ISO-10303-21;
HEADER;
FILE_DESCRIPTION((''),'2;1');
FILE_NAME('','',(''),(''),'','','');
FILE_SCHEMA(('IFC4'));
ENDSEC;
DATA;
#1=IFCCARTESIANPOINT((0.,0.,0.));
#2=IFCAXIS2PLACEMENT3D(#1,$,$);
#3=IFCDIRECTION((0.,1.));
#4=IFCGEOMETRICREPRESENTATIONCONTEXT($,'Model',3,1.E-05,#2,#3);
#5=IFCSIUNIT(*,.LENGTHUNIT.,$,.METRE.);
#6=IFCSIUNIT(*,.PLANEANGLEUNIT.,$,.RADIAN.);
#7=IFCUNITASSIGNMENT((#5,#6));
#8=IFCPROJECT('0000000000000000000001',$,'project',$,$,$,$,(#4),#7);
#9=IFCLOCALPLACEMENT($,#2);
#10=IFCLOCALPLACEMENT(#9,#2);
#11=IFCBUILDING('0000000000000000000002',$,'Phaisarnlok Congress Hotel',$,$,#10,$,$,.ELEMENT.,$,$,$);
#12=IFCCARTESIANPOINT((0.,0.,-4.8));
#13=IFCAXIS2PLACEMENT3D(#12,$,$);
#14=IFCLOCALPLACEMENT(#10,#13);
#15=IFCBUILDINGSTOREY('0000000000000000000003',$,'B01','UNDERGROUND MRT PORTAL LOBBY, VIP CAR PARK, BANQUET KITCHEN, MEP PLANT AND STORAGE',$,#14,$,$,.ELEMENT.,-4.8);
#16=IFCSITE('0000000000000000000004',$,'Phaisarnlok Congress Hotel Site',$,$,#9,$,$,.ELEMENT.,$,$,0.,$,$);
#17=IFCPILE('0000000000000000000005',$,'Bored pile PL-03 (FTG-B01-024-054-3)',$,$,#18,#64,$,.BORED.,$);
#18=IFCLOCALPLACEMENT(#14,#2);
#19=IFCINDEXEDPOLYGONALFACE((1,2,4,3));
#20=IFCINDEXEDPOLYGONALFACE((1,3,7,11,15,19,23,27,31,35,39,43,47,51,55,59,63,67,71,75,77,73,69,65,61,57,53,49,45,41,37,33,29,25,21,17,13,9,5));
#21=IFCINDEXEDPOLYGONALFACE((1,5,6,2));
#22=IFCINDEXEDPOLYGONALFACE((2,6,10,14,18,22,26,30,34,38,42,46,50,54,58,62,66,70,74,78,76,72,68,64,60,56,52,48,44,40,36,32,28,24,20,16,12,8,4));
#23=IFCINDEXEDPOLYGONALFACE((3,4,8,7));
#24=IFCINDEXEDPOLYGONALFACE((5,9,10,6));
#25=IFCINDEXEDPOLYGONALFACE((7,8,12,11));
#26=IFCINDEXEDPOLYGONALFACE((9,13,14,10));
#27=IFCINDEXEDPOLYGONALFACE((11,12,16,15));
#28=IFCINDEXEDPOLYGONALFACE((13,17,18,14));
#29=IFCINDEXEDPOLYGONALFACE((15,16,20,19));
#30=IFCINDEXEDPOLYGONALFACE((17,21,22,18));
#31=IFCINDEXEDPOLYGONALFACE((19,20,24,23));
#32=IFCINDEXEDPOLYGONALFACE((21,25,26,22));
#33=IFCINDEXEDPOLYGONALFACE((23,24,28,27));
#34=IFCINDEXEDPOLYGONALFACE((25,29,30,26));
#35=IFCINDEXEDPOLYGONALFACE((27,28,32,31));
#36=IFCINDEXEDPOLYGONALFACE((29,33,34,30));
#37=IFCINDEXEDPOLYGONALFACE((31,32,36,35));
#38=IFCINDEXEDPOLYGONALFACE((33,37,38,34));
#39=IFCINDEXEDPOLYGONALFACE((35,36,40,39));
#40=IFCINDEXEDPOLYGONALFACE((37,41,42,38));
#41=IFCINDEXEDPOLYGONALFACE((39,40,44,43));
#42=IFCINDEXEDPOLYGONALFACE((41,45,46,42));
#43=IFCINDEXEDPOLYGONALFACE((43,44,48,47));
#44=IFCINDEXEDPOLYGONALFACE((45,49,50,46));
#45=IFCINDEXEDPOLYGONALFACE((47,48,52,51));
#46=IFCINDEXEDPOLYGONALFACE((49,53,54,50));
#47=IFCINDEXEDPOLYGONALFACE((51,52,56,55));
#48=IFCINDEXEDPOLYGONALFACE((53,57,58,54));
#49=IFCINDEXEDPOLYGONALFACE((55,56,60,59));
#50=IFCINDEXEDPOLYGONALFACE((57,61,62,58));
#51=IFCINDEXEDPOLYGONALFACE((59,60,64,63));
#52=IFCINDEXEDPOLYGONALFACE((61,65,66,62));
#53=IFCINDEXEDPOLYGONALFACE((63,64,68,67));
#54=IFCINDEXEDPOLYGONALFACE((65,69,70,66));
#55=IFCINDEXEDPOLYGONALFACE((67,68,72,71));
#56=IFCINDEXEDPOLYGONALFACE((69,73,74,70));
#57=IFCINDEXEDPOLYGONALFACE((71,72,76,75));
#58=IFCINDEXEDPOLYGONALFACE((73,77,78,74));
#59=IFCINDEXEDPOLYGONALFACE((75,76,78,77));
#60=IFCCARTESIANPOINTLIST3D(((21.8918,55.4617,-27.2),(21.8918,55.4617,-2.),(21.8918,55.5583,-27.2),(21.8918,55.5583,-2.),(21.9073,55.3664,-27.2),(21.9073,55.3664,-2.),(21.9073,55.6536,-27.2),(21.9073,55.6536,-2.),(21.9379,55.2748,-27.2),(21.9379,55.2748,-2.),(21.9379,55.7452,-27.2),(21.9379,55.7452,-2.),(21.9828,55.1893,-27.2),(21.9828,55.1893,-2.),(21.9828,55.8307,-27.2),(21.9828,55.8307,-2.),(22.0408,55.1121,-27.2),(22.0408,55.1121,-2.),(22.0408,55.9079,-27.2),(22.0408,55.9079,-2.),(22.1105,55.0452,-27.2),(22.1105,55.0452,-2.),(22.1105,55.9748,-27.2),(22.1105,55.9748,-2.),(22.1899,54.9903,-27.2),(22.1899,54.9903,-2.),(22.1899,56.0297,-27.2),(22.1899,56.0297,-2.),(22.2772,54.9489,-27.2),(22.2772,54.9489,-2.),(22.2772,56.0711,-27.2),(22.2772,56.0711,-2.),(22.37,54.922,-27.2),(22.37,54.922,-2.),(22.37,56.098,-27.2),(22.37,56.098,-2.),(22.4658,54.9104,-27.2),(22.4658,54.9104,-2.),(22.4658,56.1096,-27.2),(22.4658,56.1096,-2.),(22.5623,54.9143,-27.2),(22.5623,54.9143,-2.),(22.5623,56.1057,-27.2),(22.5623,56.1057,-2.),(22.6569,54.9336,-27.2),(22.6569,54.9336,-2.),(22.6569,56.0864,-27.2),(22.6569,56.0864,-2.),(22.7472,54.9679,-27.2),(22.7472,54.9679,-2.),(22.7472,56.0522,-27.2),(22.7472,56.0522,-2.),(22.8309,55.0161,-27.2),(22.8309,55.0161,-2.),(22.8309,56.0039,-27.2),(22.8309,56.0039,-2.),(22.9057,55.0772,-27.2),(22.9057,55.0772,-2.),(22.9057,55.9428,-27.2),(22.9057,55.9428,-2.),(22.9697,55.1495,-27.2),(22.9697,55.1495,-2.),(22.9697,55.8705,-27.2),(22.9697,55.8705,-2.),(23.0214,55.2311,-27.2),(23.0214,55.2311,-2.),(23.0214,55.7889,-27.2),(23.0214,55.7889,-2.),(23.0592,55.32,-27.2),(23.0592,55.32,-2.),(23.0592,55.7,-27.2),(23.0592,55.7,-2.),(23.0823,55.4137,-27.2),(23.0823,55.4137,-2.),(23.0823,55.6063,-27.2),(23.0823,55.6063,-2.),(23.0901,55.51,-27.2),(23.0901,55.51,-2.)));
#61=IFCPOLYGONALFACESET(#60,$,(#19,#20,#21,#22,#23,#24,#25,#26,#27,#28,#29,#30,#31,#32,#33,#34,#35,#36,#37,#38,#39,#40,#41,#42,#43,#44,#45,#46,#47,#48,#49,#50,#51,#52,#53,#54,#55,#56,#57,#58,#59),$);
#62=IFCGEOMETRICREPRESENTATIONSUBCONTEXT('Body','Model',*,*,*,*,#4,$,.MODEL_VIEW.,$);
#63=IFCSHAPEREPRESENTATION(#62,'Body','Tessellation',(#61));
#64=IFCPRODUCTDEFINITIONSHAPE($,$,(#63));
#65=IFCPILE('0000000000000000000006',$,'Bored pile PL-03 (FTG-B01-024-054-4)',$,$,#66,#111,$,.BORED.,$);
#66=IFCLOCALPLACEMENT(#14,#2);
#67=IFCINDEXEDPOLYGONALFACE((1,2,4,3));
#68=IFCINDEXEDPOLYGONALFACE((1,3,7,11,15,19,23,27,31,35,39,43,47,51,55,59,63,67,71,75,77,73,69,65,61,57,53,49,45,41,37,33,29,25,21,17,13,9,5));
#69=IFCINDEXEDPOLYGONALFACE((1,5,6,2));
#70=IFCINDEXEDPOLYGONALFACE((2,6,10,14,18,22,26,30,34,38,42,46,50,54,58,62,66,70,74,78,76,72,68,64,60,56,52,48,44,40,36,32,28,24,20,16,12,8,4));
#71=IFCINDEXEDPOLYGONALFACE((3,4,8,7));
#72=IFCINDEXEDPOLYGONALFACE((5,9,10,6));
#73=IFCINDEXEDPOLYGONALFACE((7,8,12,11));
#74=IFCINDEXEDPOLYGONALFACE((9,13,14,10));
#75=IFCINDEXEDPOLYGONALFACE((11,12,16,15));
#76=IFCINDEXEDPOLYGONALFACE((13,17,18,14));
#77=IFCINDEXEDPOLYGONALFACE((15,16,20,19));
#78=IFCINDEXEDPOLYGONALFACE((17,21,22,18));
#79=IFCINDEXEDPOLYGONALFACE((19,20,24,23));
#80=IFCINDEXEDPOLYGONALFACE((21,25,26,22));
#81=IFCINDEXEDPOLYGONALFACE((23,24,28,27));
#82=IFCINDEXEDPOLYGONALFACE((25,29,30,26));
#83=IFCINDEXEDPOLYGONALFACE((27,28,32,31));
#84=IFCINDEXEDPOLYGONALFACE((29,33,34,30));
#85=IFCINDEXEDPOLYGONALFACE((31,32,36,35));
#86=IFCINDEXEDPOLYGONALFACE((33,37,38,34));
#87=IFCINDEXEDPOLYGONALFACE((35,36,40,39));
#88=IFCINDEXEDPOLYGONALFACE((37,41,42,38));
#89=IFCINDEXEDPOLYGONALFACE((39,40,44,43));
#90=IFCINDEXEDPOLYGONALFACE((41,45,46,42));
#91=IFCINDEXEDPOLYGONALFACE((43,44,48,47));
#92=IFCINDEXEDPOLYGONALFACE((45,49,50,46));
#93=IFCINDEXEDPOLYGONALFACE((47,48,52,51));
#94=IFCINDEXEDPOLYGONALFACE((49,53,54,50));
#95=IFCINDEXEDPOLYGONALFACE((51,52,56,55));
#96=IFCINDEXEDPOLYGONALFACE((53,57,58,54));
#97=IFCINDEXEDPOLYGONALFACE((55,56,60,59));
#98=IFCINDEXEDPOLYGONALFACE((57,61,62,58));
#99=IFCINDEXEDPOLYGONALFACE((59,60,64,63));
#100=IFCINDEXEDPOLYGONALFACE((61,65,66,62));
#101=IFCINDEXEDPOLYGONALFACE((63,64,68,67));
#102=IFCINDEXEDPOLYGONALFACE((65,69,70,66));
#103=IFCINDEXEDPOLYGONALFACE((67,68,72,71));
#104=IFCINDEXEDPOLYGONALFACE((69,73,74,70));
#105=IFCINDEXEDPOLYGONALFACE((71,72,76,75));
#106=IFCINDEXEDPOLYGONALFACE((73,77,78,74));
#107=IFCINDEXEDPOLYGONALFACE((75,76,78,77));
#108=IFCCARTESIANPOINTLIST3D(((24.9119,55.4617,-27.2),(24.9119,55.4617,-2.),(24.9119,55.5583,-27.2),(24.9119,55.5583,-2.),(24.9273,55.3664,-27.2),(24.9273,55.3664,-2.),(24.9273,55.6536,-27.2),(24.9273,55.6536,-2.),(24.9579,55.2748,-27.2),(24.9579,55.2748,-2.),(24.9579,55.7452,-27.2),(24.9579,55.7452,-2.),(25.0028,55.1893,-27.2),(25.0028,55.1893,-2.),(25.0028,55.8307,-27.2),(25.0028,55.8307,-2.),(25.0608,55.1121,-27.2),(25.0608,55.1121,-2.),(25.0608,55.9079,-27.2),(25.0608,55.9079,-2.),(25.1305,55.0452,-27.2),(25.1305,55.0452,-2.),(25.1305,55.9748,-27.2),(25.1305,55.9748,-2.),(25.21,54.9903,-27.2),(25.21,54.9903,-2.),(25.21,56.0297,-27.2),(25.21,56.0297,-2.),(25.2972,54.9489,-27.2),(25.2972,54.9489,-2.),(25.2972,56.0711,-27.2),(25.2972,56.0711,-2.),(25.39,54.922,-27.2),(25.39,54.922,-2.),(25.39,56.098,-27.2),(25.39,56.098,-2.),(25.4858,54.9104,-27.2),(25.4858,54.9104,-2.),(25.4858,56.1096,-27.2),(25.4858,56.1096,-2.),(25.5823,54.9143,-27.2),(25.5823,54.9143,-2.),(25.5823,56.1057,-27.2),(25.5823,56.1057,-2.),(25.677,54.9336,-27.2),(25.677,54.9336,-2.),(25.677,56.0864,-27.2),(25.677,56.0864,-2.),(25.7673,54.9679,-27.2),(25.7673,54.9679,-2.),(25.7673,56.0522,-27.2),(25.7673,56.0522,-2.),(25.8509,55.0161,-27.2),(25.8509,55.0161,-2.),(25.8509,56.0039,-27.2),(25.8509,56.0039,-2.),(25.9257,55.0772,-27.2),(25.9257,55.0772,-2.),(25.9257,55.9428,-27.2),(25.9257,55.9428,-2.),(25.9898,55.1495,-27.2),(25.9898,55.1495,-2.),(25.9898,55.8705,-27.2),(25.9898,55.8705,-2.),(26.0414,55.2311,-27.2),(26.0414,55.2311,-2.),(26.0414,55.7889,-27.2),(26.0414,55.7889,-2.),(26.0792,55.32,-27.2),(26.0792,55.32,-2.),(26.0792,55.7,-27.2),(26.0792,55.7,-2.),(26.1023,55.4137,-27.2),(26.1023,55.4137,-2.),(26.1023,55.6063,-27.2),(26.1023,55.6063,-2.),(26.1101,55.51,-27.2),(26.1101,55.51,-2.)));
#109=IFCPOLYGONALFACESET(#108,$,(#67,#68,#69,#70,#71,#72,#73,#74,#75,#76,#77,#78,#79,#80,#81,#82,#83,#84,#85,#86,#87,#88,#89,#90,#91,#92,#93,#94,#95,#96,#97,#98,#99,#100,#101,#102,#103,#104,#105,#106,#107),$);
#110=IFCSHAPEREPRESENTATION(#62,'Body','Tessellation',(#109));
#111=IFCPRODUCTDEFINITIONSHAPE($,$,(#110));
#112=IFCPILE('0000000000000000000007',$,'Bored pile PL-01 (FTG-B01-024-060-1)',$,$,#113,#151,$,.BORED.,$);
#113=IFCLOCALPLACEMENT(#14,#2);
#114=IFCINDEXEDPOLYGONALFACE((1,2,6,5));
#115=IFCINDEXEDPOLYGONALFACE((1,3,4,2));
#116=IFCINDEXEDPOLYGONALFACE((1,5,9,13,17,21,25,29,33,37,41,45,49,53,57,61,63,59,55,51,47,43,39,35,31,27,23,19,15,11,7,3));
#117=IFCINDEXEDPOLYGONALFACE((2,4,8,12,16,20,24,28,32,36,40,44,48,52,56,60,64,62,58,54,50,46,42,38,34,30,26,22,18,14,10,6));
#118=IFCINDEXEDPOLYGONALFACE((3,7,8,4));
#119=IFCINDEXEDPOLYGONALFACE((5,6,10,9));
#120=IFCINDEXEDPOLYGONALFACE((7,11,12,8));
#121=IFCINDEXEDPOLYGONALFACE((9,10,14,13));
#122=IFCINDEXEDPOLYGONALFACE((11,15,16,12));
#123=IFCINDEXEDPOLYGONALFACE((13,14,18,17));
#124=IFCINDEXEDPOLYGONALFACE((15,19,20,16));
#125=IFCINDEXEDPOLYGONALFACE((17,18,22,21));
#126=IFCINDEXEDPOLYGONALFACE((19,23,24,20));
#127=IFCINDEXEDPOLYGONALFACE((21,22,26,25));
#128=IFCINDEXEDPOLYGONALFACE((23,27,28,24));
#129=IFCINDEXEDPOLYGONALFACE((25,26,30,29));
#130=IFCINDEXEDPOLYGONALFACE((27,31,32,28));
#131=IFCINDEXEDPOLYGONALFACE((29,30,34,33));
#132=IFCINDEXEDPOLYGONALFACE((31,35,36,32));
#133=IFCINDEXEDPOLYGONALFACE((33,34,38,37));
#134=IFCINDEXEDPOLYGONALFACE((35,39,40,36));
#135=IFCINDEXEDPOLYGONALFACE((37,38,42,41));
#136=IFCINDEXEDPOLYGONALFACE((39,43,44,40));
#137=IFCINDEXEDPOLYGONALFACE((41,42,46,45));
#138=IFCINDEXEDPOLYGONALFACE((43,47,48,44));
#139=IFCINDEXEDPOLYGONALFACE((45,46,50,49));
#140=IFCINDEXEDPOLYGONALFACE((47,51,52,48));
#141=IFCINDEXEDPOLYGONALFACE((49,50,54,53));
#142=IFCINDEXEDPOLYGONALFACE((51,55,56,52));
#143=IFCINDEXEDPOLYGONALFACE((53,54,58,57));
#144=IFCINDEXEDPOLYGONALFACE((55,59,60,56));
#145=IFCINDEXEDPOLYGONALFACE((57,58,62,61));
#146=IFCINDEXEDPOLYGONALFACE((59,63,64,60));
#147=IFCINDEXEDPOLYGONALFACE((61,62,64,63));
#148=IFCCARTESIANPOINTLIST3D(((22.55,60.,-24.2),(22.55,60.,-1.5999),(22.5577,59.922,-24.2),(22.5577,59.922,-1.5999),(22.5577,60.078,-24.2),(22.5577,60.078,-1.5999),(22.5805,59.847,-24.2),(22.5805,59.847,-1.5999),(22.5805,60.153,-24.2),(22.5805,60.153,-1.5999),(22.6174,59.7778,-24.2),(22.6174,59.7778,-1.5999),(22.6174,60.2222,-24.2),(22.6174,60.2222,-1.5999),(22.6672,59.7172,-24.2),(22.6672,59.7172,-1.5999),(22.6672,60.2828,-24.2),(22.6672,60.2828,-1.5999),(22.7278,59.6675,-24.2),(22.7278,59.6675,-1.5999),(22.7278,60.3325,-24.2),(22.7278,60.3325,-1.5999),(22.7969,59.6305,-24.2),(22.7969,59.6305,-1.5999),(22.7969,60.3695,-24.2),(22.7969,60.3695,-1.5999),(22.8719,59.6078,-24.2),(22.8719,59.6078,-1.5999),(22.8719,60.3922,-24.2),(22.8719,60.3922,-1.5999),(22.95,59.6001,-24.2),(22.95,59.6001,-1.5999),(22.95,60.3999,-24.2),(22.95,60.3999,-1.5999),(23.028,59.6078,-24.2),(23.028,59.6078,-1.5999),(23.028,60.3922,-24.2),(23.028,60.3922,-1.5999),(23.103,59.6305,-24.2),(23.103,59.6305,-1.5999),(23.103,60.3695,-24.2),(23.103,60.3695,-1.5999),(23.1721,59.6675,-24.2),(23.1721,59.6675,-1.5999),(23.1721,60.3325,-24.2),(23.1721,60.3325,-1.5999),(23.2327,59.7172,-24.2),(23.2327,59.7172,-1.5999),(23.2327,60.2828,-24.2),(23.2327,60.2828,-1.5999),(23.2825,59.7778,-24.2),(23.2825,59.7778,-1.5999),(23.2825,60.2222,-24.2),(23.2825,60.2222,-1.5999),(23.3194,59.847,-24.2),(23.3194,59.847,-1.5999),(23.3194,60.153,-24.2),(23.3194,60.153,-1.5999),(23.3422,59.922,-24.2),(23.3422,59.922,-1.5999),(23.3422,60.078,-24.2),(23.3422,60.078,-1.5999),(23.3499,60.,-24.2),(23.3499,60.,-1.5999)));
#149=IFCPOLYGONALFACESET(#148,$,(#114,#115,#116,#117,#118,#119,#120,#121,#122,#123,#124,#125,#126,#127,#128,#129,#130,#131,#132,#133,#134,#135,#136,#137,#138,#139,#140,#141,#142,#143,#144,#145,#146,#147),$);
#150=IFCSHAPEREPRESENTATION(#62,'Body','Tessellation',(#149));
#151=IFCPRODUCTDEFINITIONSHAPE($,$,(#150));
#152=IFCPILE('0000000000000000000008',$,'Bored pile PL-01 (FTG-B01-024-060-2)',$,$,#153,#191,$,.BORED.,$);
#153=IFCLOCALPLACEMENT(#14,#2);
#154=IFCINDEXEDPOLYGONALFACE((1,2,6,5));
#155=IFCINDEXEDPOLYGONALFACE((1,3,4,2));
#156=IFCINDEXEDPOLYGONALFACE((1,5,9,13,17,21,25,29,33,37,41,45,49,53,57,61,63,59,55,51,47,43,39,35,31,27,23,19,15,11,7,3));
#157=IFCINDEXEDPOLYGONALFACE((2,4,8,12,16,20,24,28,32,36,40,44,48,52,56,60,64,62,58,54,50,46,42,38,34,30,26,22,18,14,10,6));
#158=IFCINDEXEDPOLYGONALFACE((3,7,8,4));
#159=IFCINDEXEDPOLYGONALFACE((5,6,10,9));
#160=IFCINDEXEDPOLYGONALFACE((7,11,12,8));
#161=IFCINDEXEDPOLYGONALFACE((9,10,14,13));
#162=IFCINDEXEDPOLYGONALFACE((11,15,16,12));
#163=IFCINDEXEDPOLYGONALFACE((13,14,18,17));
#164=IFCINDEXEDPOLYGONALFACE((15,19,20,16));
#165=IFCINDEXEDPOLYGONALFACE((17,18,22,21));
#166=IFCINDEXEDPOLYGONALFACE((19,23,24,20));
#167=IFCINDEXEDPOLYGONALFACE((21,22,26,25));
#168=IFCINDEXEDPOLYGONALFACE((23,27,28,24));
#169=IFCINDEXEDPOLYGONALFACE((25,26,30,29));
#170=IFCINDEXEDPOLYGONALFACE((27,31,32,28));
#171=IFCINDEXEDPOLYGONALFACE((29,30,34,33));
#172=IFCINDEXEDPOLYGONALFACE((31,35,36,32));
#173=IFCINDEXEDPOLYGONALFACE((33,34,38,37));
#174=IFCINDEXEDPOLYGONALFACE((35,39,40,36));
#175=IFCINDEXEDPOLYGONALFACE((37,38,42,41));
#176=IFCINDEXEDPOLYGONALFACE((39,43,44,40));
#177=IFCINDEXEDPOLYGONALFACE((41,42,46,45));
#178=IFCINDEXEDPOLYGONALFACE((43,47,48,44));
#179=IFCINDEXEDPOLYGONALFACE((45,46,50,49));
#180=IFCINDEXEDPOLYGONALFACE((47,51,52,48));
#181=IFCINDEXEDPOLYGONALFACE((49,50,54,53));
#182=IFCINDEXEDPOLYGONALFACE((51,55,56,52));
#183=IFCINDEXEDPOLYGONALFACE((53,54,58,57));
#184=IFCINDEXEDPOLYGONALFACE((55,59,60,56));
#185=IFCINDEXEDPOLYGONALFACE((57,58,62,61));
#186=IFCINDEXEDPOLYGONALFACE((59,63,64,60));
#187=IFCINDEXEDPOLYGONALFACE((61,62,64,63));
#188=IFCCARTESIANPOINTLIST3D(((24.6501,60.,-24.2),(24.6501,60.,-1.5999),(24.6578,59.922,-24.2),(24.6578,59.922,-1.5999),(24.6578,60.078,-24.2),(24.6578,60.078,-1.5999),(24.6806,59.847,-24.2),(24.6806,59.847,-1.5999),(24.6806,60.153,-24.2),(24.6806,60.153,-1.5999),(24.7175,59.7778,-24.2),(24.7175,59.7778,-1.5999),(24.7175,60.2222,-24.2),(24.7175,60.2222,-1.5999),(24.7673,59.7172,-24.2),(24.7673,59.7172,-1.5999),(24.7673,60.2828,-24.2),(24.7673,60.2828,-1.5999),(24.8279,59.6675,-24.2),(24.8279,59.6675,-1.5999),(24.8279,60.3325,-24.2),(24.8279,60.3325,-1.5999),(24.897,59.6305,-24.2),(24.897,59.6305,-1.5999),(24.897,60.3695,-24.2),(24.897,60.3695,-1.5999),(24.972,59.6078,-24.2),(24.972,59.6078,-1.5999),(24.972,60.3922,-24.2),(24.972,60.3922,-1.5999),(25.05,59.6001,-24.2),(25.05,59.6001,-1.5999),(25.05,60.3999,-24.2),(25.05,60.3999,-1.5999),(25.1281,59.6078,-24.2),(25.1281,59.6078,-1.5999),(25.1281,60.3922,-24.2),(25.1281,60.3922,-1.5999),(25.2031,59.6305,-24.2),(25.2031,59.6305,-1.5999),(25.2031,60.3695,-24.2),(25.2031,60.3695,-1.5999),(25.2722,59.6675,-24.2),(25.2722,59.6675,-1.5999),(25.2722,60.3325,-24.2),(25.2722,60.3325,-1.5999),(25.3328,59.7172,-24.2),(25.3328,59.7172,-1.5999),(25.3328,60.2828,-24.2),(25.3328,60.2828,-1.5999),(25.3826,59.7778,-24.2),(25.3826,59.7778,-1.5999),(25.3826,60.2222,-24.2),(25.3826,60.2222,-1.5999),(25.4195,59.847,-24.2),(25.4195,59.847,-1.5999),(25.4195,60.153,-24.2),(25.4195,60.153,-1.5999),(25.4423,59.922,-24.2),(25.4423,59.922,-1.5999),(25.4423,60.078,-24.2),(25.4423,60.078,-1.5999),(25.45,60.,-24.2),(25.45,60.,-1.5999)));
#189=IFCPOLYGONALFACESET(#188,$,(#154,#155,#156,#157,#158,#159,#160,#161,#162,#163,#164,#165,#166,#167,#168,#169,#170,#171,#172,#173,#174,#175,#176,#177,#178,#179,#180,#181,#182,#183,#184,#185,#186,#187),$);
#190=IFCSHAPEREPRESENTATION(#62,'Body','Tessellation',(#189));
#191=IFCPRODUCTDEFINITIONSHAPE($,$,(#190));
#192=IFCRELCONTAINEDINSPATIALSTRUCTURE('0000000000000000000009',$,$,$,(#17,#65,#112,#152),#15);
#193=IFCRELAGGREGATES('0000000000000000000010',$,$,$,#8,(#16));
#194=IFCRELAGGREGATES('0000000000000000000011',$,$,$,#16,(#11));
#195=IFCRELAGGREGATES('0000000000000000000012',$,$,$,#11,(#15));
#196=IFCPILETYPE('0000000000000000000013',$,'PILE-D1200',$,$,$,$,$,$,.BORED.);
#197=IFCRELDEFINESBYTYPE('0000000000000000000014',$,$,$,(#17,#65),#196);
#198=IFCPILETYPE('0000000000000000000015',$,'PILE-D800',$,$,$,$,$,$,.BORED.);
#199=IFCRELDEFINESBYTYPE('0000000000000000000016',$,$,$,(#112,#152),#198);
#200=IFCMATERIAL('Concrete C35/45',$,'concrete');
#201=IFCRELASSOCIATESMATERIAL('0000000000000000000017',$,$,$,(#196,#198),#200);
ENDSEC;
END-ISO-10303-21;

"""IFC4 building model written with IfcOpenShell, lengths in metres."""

from ifc_helpers import new_model, si_unit, direction, frame, origin, origin_2d, place, context, subcontext, project, spatial, circle, extrude, material, material_profile, profile_set, type_object, element, save


model = new_model("IFC4")

# Units and contexts
model_context = context("Model", 3, precision=1e-05, world=origin(), true_north=direction((0.0, 1.0)))
body_context = subcontext(model_context, "Body", "Model", "MODEL_VIEW")
ifc_project = project(units=[si_unit("LENGTHUNIT", "METRE"), si_unit("PLANEANGLEUNIT", "RADIAN")], contexts=[model_context])

# Site, building, storey
site_placement = place(None, origin())
site = spatial("IfcSite", under=ifc_project, at=site_placement, Name="Phaisarnlok Congress Hotel Site", CompositionType="ELEMENT", RefElevation=0.0)
building_placement = place(site_placement, origin())
building = spatial("IfcBuilding", under=site, at=building_placement, Name="Phaisarnlok Congress Hotel", CompositionType="ELEMENT")
storey_placement = place(building_placement, frame((0.0, 0.0, -4.8)))
storey = spatial("IfcBuildingStorey", under=building, at=storey_placement, Name="B01", Description="UNDERGROUND MRT PORTAL LOBBY, VIP CAR PARK, BANQUET KITCHEN, MEP PLANT AND STORAGE", CompositionType="ELEMENT", Elevation=-4.8)

# Piles
ifc_material_1 = material(Name="Concrete C35/45", Category="concrete")
ifc_material_profile_1 = material_profile(ifc_material_1, circle(Radius=0.6001, at=origin_2d()), Name="BORED PILE D1200")
ifc_profile_set_1 = profile_set([ifc_material_profile_1], Name="Concrete C35/45")
pile_type_1 = type_object("IfcPileType", Name="PILE-D1200", PredefinedType="BORED", material=ifc_profile_set_1)
for number, where, z_axis, x_axis, name in (
    (1, (22.49, 55.51, -2.0), (0.0, 0.0, -1.0), (1.0, 0.0, 0.0), "Bored pile PL-03 (FTG-B01-024-054-3)"),
    (2, (25.51, 55.51, -2.0), (0.0, 0.0, -1.0), (1.0, 0.0, 0.0), "Bored pile PL-03 (FTG-B01-024-054-4)"),
):
    element("IfcPile", number, at=place(storey_placement, frame(where, z_axis=z_axis, x_axis=x_axis)), inside=storey, type_object=pile_type_1, Name=name, PredefinedType="BORED", context=body_context, shape_type="SweptSolid", body=[
        extrude(circle(Radius=0.6001, at=origin_2d()), origin(), (0.0, 0.0, 1.0), 25.2),
    ])
ifc_material_profile_2 = material_profile(ifc_material_1, circle(Radius=0.3999, at=origin_2d()), Name="BORED PILE D800")
ifc_profile_set_2 = profile_set([ifc_material_profile_2], Name="Concrete C35/45")
pile_type_2 = type_object("IfcPileType", Name="PILE-D800", PredefinedType="BORED", material=ifc_profile_set_2)
for number, where, z_axis, x_axis, name in (
    (3, (22.95, 60.0, -1.5999), (0.0, 0.0, -1.0), (1.0, 0.0, 0.0), "Bored pile PL-01 (FTG-B01-024-060-1)"),
    (4, (25.05, 60.0, -1.5999), (0.0, 0.0, -1.0), (1.0, 0.0, 0.0), "Bored pile PL-01 (FTG-B01-024-060-2)"),
):
    element("IfcPile", number, at=place(storey_placement, frame(where, z_axis=z_axis, x_axis=x_axis)), inside=storey, type_object=pile_type_2, Name=name, PredefinedType="BORED", context=body_context, shape_type="SweptSolid", body=[
        extrude(circle(Radius=0.3999, at=origin_2d()), origin(), (0.0, 0.0, 1.0), 22.6001),
    ])

save(model, "model.ifc")
